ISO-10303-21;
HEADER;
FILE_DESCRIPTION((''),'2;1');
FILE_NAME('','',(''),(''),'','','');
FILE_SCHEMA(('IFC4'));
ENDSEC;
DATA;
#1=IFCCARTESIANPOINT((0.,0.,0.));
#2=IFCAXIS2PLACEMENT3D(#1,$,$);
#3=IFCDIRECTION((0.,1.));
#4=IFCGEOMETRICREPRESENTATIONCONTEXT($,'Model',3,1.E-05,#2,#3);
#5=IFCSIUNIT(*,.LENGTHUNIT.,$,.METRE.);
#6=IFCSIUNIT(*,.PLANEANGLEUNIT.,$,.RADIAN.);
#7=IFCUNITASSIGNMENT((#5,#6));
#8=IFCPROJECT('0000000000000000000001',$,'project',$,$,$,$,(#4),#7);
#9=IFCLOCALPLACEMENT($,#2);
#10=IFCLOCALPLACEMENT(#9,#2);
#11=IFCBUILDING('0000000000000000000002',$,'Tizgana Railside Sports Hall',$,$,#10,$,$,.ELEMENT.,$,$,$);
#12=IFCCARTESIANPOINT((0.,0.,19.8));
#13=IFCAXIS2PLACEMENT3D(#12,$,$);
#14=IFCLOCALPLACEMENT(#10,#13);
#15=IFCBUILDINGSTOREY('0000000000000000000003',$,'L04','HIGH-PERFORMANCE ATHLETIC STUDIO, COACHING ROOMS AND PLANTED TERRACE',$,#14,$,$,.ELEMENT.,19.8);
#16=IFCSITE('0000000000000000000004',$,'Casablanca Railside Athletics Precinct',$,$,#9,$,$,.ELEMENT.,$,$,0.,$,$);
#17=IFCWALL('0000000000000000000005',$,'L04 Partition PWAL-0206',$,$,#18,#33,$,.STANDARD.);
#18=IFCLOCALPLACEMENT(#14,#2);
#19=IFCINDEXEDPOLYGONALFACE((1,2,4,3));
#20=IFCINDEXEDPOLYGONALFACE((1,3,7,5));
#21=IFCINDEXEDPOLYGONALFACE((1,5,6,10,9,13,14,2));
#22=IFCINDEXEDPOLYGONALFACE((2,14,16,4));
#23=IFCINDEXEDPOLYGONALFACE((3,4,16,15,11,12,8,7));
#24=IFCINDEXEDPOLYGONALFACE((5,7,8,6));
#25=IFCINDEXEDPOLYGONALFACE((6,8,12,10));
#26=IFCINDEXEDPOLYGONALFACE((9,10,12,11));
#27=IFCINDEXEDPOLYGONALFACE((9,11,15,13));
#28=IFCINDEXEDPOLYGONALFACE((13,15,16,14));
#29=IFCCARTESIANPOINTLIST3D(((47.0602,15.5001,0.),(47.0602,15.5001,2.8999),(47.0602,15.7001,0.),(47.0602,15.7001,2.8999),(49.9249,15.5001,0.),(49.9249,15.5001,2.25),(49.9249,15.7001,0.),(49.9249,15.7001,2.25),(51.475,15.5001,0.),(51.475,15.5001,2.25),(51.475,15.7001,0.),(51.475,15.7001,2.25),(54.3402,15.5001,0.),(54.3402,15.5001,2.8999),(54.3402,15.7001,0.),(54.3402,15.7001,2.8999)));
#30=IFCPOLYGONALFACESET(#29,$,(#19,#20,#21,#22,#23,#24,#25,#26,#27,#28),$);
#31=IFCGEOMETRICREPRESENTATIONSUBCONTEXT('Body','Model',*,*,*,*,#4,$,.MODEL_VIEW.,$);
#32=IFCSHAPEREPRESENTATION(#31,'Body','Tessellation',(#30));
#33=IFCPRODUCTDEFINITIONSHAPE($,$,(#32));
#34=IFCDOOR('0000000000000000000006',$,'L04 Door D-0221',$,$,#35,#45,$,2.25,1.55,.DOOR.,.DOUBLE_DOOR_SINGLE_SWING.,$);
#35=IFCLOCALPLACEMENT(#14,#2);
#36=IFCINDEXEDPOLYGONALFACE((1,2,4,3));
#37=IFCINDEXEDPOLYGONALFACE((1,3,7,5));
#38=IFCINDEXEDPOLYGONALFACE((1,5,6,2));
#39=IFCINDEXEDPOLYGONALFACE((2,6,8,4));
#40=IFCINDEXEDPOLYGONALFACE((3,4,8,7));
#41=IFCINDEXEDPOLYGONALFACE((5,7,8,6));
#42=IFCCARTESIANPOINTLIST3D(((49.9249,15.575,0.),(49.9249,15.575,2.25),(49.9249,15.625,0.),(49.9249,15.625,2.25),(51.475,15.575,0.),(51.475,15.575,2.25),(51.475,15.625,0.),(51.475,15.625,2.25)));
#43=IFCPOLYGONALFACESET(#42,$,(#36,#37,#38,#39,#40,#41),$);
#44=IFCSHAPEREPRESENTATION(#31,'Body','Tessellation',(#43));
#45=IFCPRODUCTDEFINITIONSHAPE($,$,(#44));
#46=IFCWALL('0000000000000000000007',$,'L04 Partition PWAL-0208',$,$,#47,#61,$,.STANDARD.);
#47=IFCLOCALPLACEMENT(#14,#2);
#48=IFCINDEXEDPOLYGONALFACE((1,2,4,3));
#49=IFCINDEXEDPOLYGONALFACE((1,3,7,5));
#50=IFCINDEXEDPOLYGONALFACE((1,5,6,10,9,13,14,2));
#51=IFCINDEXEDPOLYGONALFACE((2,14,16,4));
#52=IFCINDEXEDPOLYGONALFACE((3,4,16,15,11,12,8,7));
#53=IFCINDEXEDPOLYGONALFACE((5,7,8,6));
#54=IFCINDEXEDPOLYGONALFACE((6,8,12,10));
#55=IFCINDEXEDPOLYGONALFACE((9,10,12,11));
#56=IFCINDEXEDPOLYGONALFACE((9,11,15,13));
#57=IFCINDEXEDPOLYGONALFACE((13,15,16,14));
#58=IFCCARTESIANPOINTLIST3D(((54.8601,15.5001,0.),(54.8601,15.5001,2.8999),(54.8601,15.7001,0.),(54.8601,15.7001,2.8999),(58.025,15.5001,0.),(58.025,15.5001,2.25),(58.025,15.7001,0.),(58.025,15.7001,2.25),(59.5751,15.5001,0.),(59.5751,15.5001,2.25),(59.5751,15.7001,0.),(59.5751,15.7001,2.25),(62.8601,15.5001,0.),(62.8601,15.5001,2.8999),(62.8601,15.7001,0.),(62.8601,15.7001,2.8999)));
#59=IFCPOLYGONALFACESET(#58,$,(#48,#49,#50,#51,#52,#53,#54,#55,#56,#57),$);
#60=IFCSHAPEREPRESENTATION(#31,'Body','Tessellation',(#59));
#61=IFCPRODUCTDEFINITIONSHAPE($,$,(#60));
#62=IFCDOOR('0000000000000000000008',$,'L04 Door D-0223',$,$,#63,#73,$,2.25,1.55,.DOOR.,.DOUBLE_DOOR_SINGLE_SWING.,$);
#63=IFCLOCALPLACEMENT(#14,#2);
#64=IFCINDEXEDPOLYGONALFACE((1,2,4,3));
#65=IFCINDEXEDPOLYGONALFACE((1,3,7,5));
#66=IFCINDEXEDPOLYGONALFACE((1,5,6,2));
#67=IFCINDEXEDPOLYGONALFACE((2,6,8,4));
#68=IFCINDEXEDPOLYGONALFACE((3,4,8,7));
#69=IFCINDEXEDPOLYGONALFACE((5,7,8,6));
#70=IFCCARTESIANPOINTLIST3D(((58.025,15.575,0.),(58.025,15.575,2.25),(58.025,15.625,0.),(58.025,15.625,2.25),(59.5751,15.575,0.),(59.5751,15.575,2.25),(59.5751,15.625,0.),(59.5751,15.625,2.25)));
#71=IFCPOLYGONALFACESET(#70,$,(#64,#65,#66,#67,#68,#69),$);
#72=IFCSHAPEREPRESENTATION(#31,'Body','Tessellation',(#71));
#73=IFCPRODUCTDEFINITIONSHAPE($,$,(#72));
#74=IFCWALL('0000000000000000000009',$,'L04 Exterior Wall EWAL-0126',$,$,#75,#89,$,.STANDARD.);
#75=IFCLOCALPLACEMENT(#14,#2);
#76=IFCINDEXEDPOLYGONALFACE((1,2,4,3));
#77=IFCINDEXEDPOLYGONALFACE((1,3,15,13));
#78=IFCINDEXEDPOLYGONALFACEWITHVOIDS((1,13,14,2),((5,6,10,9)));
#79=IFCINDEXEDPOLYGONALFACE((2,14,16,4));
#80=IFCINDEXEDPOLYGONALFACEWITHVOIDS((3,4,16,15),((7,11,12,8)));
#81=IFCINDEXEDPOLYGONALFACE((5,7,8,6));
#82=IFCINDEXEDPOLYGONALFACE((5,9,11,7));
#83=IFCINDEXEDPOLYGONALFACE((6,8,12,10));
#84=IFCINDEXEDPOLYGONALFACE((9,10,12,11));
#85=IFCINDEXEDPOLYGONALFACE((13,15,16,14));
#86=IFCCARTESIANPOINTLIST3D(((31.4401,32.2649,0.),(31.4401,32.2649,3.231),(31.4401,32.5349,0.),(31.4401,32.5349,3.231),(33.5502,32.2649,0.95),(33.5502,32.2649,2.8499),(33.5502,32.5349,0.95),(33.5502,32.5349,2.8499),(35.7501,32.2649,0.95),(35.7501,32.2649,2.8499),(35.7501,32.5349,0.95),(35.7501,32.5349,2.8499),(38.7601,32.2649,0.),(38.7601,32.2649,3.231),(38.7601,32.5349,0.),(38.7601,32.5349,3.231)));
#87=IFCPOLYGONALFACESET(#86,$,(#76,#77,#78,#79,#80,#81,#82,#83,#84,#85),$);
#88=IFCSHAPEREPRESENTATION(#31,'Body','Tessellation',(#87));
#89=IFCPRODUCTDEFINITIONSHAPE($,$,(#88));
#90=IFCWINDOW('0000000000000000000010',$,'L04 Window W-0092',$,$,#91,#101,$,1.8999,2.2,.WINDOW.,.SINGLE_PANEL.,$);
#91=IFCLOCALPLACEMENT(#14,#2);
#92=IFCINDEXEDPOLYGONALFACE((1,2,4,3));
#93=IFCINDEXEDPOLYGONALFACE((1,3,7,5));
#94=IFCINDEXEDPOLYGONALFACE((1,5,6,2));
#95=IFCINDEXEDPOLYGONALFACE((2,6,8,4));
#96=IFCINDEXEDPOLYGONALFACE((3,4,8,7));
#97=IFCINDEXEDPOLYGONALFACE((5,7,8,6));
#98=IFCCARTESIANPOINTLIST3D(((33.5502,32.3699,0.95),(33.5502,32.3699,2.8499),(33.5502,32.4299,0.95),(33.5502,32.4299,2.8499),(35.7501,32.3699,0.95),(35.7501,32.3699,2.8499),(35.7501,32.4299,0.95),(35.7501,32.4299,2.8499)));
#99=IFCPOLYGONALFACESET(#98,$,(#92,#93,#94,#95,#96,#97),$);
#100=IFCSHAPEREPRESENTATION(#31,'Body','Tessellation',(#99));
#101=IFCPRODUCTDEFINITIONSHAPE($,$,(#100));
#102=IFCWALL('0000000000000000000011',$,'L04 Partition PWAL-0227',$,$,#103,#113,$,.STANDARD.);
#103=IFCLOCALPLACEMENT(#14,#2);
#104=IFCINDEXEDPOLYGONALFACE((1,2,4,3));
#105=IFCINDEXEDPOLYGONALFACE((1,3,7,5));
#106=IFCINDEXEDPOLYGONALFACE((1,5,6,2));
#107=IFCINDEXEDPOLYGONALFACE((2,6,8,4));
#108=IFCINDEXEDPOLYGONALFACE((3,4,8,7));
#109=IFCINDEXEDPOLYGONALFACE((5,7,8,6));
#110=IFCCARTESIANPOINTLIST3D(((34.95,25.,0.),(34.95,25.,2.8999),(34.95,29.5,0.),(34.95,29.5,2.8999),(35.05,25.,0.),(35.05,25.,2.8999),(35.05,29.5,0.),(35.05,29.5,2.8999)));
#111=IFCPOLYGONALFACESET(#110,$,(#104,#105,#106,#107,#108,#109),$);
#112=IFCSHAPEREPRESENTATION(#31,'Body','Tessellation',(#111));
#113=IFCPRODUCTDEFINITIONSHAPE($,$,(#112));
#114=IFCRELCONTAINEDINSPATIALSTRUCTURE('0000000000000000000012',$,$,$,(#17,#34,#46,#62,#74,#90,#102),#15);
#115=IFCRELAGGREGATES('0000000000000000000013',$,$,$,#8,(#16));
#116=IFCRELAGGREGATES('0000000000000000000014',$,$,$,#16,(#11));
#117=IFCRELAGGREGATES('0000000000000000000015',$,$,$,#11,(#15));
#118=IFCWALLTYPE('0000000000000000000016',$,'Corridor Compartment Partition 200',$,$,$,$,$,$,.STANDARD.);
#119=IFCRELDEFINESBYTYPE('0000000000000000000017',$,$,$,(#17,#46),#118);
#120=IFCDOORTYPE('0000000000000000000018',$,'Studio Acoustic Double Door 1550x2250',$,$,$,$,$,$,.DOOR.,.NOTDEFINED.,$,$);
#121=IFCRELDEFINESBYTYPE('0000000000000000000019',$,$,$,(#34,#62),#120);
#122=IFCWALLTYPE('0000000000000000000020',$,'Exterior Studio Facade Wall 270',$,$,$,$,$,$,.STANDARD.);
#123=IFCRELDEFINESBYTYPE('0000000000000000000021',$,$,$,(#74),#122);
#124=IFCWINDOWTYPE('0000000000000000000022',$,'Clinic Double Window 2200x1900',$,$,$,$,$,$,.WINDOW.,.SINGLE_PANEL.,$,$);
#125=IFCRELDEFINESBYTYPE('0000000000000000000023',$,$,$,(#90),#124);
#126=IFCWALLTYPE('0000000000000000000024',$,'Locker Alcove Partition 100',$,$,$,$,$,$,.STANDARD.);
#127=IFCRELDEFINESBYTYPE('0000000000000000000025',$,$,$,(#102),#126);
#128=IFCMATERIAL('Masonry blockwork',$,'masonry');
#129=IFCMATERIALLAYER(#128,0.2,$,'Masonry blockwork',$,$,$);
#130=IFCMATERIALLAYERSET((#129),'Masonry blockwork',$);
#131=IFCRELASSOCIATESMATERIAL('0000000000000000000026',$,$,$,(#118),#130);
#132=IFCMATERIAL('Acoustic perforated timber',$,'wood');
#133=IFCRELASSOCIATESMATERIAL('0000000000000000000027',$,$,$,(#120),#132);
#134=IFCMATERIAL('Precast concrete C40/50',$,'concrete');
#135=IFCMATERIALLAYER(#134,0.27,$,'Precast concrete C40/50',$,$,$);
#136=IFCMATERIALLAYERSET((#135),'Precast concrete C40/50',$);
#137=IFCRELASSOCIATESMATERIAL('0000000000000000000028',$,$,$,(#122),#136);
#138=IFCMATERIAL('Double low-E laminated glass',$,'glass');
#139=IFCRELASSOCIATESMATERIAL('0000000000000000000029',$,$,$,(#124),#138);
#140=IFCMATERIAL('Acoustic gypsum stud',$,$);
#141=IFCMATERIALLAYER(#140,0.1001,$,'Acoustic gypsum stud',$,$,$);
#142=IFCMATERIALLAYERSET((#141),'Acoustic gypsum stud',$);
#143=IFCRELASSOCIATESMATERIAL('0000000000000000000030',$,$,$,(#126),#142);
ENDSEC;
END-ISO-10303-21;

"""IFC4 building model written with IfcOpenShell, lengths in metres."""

from ifc_helpers import new_model, si_unit, direction, frame, frame_2d, origin, place, context, subcontext, project, spatial, rectangle, extrude, material, layer, layer_set, type_object, element, fill, save


model = new_model("IFC4")

# Units and contexts
model_context = context("Model", 3, precision=1e-05, world=origin(), true_north=direction((0.0, 1.0)))
body_context = subcontext(model_context, "Body", "Model", "MODEL_VIEW")
ifc_project = project(units=[si_unit("LENGTHUNIT", "METRE"), si_unit("PLANEANGLEUNIT", "RADIAN")], contexts=[model_context])

# Site, building, storey
site_placement = place(None, origin())
site = spatial("IfcSite", under=ifc_project, at=site_placement, Name="Casablanca Railside Athletics Precinct", CompositionType="ELEMENT", RefElevation=0.0)
building_placement = place(site_placement, origin())
building = spatial("IfcBuilding", under=site, at=building_placement, Name="Tizgana Railside Sports Hall", CompositionType="ELEMENT")
storey_placement = place(building_placement, frame((0.0, 0.0, 19.8)))
storey = spatial("IfcBuildingStorey", under=building, at=storey_placement, Name="L04", Description="HIGH-PERFORMANCE ATHLETIC STUDIO, COACHING ROOMS AND PLANTED TERRACE", CompositionType="ELEMENT", Elevation=19.8)

# Walls, openings, doors
ifc_material_1 = material(Name="Masonry blockwork", Category="masonry")
ifc_layer_1 = layer(ifc_material_1, 0.2, Name="Masonry blockwork")
ifc_layer_set_1 = layer_set([ifc_layer_1], Name="Masonry blockwork")
wall_type_1 = type_object("IfcWallType", Name="Corridor Compartment Partition 200", PredefinedType="STANDARD", material=ifc_layer_set_1)
wall_1_placement = place(storey_placement, frame((47.0601, 15.6001, 0.0), z_axis=(0.0, 0.0, 1.0), x_axis=(1.0, 0.0, 0.0)))
wall_1 = element("IfcWall", 1, at=wall_1_placement, inside=storey, type_object=wall_type_1, Name="L04 Partition PWAL-0206", PredefinedType="STANDARD", context=body_context, shape_type="SweptSolid", body=[
    extrude(rectangle(XDim=7.28, YDim=0.2, at=frame_2d((3.6401, 0.0))), origin(), (0.0, 0.0, 1.0), 2.8999),
])
opening_1_placement = place(wall_1_placement, frame((2.865, 0.0, 0.0)))
opening_1 = element("IfcOpeningElement", 2, at=opening_1_placement, cuts=wall_1, PredefinedType="OPENING", context=body_context, shape_type="SweptSolid", body=[
    extrude(rectangle(XDim=1.55, YDim=2.25, at=frame_2d((0.7749, 1.125))), frame((0.0, 0.1099, 0.0), z_axis=(0.0, -1.0, 0.0), x_axis=(1.0, 0.0, 0.0)), (0.0, 0.0, 1.0), 0.22),
])
ifc_material_2 = material(Name="Acoustic perforated timber", Category="wood")
door_type = type_object("IfcDoorType", Name="Studio Acoustic Double Door 1550x2250", OperationType="NOTDEFINED", PredefinedType="DOOR", material=ifc_material_2)
door_1_placement = place(opening_1_placement, origin())
door_1 = element("IfcDoor", 3, at=door_1_placement, inside=storey, type_object=door_type, Name="L04 Door D-0221", OperationType="DOUBLE_DOOR_SINGLE_SWING", OverallHeight=2.25, OverallWidth=1.55, PredefinedType="DOOR", context=body_context, shape_type="SweptSolid", body=[
    extrude(rectangle(XDim=1.55, YDim=2.25, at=frame_2d((0.7749, 1.125))), frame((0.0, 0.0249, 0.0), z_axis=(0.0, -1.0, 0.0), x_axis=(1.0, 0.0, 0.0)), (0.0, 0.0, 1.0), 0.05),
])
fill(opening_1, door_1)
wall_2_placement = place(storey_placement, frame((54.8601, 15.6001, 0.0), z_axis=(0.0, 0.0, 1.0), x_axis=(1.0, 0.0, 0.0)))
wall_2 = element("IfcWall", 4, at=wall_2_placement, inside=storey, type_object=wall_type_1, Name="L04 Partition PWAL-0208", PredefinedType="STANDARD", context=body_context, shape_type="SweptSolid", body=[
    extrude(rectangle(XDim=8.0, YDim=0.2, at=frame_2d((4.0, 0.0))), origin(), (0.0, 0.0, 1.0), 2.8999),
])
opening_2_placement = place(wall_2_placement, frame((3.165, 0.0, 0.0)))
opening_2 = element("IfcOpeningElement", 5, at=opening_2_placement, cuts=wall_2, PredefinedType="OPENING", context=body_context, shape_type="SweptSolid", body=[
    extrude(rectangle(XDim=1.55, YDim=2.25, at=frame_2d((0.7749, 1.125))), frame((0.0, 0.1099, 0.0), z_axis=(0.0, -1.0, 0.0), x_axis=(1.0, 0.0, 0.0)), (0.0, 0.0, 1.0), 0.22),
])
door_2_placement = place(opening_2_placement, origin())
door_2 = element("IfcDoor", 6, at=door_2_placement, inside=storey, type_object=door_type, Name="L04 Door D-0223", OperationType="DOUBLE_DOOR_SINGLE_SWING", OverallHeight=2.25, OverallWidth=1.55, PredefinedType="DOOR", context=body_context, shape_type="SweptSolid", body=[
    extrude(rectangle(XDim=1.55, YDim=2.25, at=frame_2d((0.7749, 1.125))), frame((0.0, 0.0249, 0.0), z_axis=(0.0, -1.0, 0.0), x_axis=(1.0, 0.0, 0.0)), (0.0, 0.0, 1.0), 0.05),
])
fill(opening_2, door_2)

# Wall, opening, window
ifc_material_3 = material(Name="Precast concrete C40/50", Category="concrete")
ifc_layer_2 = layer(ifc_material_3, 0.27, Name="Precast concrete C40/50")
ifc_layer_set_2 = layer_set([ifc_layer_2], Name="Precast concrete C40/50")
wall_type_2 = type_object("IfcWallType", Name="Exterior Studio Facade Wall 270", PredefinedType="STANDARD", material=ifc_layer_set_2)
wall_3_placement = place(storey_placement, frame((31.4399, 32.3999, 0.0), z_axis=(0.0, 0.0, 1.0), x_axis=(1.0, 0.0, 0.0)))
wall_3 = element("IfcWall", 7, at=wall_3_placement, inside=storey, type_object=wall_type_2, Name="L04 Exterior Wall EWAL-0126", PredefinedType="STANDARD", context=body_context, shape_type="SweptSolid", body=[
    extrude(rectangle(XDim=7.3201, YDim=0.27, at=frame_2d((3.6602, 0.0))), origin(), (0.0, 0.0, 1.0), 3.231),
])
opening_3_placement = place(wall_3_placement, frame((2.1101, 0.0, 0.95)))
opening_3 = element("IfcOpeningElement", 8, at=opening_3_placement, cuts=wall_3, PredefinedType="OPENING", context=body_context, shape_type="SweptSolid", body=[
    extrude(rectangle(XDim=2.2, YDim=1.8999, at=frame_2d((1.1001, 0.95))), frame((0.0, 0.145, 0.0), z_axis=(0.0, -1.0, 0.0), x_axis=(1.0, 0.0, 0.0)), (0.0, 0.0, 1.0), 0.29),
])
ifc_material_4 = material(Name="Double low-E laminated glass", Category="glass")
window_type = type_object("IfcWindowType", Name="Clinic Double Window 2200x1900", PartitioningType="SINGLE_PANEL", PredefinedType="WINDOW", material=ifc_material_4)
window_placement = place(opening_3_placement, origin())
window = element("IfcWindow", 9, at=window_placement, inside=storey, type_object=window_type, Name="L04 Window W-0092", OverallHeight=1.8999, OverallWidth=2.2, PartitioningType="SINGLE_PANEL", PredefinedType="WINDOW", context=body_context, shape_type="SweptSolid", body=[
    extrude(rectangle(XDim=2.2, YDim=1.8999, at=frame_2d((1.1001, 0.95))), frame((0.0, 0.03, 0.0), z_axis=(0.0, -1.0, 0.0), x_axis=(1.0, 0.0, 0.0)), (0.0, 0.0, 1.0), 0.0601),
])
fill(opening_3, window)

# Wall
ifc_material_5 = material(Name="Acoustic gypsum stud")
ifc_layer_3 = layer(ifc_material_5, 0.1001, Name="Acoustic gypsum stud")
ifc_layer_set_3 = layer_set([ifc_layer_3], Name="Acoustic gypsum stud")
wall_type_3 = type_object("IfcWallType", Name="Locker Alcove Partition 100", PredefinedType="STANDARD", material=ifc_layer_set_3)
wall_4_placement = place(storey_placement, frame((35.0, 25.0, 0.0), z_axis=(0.0, 0.0, 1.0), x_axis=(0.0, 1.0, 0.0)))
element("IfcWall", 10, at=wall_4_placement, inside=storey, type_object=wall_type_3, Name="L04 Partition PWAL-0227", PredefinedType="STANDARD", context=body_context, shape_type="SweptSolid", body=[
    extrude(rectangle(XDim=4.5, YDim=0.1001, at=frame_2d((2.25, 0.0))), origin(), (0.0, 0.0, 1.0), 2.8999),
])

save(model, "model.ifc")
